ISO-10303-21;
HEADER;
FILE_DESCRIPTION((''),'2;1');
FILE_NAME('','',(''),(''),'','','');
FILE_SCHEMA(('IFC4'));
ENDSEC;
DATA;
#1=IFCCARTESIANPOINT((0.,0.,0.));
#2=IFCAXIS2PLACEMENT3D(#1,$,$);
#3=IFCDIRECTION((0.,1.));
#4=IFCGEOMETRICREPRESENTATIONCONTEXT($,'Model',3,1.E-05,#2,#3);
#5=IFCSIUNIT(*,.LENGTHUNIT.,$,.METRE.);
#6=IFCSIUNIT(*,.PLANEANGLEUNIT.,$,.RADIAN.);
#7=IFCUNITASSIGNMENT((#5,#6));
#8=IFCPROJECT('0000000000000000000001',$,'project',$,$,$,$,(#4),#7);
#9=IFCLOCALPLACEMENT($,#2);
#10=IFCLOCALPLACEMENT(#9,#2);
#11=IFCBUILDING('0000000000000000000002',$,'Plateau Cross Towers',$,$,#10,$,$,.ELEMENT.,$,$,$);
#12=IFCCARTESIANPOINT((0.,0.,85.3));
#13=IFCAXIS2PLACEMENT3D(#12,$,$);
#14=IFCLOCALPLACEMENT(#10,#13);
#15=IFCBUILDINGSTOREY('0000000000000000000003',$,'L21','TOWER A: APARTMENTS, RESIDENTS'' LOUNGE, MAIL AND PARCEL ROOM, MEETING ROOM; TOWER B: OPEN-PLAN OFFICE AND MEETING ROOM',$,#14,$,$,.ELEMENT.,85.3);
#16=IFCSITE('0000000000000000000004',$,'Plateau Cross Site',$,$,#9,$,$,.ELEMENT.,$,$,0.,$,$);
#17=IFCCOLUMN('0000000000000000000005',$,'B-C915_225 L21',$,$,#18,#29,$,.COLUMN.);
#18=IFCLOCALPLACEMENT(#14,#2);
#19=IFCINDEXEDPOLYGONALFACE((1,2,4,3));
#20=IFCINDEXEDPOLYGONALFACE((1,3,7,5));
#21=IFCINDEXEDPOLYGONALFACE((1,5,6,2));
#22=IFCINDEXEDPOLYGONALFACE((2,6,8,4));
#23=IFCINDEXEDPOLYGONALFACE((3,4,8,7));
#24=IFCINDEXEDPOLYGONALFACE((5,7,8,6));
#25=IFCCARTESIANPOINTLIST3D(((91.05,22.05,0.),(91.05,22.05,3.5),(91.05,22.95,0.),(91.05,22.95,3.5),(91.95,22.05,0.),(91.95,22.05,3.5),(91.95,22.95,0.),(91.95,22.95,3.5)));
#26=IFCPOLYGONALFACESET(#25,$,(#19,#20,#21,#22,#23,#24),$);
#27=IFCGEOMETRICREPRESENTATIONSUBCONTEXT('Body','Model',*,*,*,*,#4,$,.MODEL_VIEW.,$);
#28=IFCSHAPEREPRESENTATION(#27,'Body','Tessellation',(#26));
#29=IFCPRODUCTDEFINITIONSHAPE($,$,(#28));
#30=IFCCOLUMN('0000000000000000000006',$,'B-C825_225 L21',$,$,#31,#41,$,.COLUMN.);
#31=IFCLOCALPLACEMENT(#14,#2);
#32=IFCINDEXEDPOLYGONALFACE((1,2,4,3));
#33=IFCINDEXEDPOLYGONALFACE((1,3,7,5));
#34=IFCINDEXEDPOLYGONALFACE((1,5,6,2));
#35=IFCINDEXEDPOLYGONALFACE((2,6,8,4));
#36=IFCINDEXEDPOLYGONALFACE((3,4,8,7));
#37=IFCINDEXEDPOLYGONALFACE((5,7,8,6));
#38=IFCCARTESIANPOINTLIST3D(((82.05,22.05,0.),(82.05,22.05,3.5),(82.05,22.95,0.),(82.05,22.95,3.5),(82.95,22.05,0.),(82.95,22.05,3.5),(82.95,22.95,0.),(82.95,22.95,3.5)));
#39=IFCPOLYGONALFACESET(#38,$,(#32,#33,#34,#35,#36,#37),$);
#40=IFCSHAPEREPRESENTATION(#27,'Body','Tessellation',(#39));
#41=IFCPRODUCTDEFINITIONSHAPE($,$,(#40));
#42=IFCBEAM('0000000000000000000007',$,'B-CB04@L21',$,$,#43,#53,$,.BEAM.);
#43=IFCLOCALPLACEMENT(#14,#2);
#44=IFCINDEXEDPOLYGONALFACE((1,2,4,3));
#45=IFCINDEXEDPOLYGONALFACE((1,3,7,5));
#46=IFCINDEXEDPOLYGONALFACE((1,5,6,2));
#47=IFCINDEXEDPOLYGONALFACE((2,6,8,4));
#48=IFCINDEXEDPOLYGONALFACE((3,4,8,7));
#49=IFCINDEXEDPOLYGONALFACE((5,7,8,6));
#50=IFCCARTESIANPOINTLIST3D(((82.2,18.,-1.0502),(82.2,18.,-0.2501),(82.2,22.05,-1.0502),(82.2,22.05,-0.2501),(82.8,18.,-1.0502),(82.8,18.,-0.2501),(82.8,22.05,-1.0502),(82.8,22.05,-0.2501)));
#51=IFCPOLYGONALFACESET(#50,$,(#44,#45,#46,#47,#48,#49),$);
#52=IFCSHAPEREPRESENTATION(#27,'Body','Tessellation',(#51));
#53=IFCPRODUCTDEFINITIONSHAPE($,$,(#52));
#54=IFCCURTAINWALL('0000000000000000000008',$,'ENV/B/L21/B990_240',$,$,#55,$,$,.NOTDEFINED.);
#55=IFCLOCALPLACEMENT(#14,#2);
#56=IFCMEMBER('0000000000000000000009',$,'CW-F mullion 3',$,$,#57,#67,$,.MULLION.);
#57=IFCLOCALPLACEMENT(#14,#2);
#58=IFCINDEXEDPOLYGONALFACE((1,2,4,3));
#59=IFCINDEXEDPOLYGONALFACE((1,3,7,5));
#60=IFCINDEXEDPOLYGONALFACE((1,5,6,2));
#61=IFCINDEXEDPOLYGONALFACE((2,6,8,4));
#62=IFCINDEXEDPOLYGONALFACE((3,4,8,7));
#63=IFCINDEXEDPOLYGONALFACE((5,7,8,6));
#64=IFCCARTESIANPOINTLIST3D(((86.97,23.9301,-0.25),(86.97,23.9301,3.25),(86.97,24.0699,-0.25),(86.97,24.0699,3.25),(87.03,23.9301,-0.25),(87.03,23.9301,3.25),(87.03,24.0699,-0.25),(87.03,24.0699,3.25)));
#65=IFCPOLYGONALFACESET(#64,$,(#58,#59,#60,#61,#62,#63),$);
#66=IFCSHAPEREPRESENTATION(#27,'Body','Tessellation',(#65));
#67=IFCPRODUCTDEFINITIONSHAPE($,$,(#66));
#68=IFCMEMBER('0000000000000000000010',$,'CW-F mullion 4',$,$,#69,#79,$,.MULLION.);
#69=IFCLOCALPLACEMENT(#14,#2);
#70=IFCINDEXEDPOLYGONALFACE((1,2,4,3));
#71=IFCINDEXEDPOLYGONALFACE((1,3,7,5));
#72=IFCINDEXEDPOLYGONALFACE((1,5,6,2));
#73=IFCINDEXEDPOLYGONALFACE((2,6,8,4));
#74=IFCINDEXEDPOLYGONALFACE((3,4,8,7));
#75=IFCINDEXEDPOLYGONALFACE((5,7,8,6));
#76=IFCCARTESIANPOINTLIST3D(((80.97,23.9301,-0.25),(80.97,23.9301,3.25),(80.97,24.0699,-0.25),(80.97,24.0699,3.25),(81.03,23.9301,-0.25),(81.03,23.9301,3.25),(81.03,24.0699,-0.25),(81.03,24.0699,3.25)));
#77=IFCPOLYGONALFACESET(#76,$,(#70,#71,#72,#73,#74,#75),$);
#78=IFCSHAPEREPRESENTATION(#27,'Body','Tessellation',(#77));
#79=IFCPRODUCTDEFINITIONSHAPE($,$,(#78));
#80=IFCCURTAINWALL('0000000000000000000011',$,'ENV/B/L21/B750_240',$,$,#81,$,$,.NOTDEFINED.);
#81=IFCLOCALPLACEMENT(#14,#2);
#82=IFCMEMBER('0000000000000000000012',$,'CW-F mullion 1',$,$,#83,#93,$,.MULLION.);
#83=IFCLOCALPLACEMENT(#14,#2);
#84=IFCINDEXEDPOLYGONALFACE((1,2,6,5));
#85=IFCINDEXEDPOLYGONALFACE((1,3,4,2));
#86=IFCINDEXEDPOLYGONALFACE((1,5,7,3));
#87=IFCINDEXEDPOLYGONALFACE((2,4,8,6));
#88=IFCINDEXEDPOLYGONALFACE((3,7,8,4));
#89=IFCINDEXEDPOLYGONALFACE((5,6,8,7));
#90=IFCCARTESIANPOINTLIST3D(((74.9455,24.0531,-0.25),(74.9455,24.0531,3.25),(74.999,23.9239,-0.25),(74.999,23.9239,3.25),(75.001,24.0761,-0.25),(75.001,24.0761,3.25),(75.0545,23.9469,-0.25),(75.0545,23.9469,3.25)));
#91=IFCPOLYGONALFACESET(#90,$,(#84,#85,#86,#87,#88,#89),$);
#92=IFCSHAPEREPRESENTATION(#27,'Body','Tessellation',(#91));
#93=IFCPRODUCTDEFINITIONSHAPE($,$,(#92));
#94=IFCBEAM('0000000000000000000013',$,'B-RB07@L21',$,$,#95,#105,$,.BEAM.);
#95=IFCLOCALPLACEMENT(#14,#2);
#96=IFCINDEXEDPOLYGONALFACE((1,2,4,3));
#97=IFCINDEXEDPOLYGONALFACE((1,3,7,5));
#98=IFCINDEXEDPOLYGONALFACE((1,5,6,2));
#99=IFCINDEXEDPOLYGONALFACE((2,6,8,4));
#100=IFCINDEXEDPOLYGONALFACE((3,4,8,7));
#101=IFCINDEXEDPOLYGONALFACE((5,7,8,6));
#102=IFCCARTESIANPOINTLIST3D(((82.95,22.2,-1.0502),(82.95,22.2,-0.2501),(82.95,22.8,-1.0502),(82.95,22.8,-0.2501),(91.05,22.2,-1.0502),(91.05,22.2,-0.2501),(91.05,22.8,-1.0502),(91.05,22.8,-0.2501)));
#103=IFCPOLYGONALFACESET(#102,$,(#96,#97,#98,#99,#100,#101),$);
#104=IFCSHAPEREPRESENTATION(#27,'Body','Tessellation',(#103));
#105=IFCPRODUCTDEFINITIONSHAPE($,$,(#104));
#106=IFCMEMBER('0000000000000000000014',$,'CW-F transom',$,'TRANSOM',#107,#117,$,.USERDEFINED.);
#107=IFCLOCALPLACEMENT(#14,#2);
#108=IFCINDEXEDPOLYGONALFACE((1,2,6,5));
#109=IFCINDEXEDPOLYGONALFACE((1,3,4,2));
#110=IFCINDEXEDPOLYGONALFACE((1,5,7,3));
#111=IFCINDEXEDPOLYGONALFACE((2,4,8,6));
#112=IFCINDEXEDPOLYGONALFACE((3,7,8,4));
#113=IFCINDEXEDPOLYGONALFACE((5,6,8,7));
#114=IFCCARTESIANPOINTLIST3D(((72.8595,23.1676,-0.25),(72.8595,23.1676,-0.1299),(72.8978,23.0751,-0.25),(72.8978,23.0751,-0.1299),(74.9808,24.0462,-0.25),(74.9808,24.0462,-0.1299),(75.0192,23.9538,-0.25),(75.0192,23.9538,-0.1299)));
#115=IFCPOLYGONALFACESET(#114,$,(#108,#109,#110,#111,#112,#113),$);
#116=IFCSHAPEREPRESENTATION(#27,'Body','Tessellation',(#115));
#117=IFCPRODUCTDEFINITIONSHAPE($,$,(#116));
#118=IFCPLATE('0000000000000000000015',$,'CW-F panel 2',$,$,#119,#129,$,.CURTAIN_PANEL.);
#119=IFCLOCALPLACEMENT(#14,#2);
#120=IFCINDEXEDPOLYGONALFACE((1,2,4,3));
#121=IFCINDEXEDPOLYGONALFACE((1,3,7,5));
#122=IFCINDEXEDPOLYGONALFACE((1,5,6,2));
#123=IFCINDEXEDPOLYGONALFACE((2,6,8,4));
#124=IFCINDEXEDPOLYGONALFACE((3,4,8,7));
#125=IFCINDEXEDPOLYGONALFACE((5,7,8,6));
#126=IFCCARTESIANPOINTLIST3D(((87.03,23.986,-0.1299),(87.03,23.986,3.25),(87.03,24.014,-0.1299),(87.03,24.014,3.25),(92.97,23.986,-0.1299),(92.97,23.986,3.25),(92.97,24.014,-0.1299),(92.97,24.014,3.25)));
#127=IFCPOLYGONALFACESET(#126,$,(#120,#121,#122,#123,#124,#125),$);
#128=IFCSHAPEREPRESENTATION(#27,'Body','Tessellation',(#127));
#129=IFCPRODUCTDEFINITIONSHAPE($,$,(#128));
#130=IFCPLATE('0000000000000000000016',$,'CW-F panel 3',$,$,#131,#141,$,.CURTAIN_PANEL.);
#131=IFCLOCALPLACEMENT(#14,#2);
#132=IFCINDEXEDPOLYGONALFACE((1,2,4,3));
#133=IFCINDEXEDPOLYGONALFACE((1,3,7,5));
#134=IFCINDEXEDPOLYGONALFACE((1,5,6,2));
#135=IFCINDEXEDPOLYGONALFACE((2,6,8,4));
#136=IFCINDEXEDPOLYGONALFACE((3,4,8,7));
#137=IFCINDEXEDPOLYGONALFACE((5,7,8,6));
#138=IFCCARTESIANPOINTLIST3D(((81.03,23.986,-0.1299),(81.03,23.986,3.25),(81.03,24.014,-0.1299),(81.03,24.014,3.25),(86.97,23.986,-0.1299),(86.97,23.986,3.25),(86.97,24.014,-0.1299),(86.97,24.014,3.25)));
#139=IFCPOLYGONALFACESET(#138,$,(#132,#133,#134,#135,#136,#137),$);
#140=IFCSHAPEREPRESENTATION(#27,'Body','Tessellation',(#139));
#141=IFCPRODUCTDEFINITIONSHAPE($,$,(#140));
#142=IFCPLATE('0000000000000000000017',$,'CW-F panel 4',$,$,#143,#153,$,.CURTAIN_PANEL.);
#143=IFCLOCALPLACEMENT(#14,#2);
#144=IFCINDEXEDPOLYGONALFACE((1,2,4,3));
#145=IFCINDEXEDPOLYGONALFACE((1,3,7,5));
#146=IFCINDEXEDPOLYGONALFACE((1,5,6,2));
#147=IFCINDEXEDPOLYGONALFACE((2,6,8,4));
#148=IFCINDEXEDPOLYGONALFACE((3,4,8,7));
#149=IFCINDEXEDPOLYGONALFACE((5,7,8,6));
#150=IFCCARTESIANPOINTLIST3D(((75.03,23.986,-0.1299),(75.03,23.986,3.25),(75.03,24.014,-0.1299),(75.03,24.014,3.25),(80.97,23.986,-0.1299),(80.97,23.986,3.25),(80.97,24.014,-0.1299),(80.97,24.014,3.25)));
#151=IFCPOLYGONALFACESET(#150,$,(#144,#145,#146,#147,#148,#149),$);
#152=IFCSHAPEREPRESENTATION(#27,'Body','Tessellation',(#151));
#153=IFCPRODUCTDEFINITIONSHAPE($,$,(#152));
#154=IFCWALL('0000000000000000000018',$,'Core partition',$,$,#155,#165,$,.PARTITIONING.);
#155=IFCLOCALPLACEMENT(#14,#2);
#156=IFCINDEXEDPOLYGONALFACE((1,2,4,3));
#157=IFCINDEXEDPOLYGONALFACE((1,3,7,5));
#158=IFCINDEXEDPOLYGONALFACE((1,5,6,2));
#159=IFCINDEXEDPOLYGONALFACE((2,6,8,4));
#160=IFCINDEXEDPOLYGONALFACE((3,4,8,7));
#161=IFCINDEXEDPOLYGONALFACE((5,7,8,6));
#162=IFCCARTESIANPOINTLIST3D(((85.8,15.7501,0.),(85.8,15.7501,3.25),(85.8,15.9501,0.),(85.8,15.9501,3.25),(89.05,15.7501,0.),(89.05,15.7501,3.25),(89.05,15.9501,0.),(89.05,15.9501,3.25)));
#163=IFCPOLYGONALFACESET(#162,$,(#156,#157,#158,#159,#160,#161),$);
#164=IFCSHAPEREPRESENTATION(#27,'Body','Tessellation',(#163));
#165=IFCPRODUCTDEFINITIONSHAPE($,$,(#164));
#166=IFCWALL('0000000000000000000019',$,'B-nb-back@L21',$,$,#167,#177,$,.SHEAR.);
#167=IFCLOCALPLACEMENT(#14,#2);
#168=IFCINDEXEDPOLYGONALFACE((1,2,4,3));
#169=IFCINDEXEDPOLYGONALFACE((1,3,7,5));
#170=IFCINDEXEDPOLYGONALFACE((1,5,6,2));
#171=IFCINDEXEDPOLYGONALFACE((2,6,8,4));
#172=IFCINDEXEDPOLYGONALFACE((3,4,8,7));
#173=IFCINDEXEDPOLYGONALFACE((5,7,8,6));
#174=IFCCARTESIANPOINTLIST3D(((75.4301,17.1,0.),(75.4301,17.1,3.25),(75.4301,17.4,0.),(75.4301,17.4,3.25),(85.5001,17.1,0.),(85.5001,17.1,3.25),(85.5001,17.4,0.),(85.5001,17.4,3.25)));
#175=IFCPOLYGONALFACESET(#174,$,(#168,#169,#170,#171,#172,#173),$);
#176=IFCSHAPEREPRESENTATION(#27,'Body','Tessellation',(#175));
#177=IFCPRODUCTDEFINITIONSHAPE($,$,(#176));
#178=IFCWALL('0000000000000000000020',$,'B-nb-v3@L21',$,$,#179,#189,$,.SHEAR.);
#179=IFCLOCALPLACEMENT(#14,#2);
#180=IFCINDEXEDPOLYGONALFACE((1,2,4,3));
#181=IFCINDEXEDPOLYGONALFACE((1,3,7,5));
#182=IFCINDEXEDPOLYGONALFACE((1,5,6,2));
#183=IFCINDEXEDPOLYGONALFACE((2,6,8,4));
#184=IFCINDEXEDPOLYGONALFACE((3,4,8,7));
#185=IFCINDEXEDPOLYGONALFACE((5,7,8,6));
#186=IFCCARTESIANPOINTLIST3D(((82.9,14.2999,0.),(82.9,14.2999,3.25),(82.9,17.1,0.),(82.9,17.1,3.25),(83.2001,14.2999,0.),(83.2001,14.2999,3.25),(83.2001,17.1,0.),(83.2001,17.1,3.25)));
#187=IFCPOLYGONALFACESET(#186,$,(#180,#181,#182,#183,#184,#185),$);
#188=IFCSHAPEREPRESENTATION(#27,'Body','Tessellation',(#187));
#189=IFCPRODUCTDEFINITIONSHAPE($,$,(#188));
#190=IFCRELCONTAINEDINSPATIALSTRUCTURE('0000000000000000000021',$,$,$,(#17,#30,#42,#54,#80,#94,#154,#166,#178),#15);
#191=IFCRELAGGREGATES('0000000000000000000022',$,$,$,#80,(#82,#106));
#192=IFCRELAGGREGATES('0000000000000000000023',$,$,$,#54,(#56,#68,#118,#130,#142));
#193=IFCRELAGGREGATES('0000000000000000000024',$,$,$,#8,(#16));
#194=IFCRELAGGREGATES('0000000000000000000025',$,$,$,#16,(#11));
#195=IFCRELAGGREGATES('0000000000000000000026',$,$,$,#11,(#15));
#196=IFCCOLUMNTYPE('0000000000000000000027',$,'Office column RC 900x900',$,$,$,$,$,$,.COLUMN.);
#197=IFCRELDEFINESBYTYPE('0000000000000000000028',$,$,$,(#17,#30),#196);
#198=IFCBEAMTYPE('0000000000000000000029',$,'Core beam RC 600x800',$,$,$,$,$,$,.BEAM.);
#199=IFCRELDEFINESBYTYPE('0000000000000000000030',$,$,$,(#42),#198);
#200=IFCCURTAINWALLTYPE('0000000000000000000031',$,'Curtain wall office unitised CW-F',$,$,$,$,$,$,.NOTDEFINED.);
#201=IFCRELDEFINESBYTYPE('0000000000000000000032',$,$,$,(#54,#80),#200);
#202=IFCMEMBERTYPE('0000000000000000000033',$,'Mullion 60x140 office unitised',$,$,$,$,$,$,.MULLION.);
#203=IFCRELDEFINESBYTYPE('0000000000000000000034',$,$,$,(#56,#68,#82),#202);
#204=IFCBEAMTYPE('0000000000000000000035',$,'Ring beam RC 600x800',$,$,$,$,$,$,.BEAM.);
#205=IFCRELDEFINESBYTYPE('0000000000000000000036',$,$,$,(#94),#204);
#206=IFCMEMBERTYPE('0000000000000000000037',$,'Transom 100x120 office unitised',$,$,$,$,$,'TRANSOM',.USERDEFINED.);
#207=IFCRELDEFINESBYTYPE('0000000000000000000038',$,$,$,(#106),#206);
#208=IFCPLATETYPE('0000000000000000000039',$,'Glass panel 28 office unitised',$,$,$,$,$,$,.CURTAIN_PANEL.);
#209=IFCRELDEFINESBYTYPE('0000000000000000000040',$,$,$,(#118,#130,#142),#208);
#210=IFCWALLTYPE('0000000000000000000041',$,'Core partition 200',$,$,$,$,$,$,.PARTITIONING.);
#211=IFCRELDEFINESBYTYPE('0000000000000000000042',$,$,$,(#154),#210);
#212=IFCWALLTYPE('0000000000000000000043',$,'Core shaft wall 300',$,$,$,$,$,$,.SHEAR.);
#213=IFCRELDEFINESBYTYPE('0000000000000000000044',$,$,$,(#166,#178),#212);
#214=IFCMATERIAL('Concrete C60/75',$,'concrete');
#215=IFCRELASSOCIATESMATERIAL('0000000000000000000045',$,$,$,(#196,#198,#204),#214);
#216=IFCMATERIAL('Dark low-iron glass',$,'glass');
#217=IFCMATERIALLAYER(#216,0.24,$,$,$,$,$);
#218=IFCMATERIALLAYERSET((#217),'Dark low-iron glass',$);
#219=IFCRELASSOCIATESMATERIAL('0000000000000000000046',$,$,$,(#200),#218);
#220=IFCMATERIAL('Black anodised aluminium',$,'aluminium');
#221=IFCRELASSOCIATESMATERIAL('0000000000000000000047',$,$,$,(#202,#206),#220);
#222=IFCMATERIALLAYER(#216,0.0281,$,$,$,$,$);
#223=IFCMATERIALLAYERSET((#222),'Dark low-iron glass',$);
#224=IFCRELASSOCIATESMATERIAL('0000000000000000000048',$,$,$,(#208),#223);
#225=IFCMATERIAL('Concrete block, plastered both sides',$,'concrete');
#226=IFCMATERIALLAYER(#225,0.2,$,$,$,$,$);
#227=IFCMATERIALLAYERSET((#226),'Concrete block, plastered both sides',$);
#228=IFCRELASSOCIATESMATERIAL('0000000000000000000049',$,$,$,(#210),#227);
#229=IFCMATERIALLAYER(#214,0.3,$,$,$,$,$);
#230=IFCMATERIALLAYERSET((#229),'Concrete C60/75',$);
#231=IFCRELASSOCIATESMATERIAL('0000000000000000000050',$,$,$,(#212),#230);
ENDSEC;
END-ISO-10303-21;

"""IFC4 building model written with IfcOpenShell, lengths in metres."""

from ifc_helpers import new_model, si_unit, direction, frame, frame_2d, origin, origin_2d, place, context, subcontext, project, spatial, rectangle, extrude, material, layer, layer_set, material_profile, profile_set, type_object, element, aggregate, save


model = new_model("IFC4")

# Units and contexts
model_context = context("Model", 3, precision=1e-05, world=origin(), true_north=direction((0.0, 1.0)))
body_context = subcontext(model_context, "Body", "Model", "MODEL_VIEW")
ifc_project = project(units=[si_unit("LENGTHUNIT", "METRE"), si_unit("PLANEANGLEUNIT", "RADIAN")], contexts=[model_context])

# Site, building, storey
site_placement = place(None, origin())
site = spatial("IfcSite", under=ifc_project, at=site_placement, Name="Plateau Cross Site", CompositionType="ELEMENT", RefElevation=0.0)
building_placement = place(site_placement, origin())
building = spatial("IfcBuilding", under=site, at=building_placement, Name="Plateau Cross Towers", CompositionType="ELEMENT")
storey_placement = place(building_placement, frame((0.0, 0.0, 85.3)))
storey = spatial("IfcBuildingStorey", under=building, at=storey_placement, Name="L21", Description="TOWER A: APARTMENTS, RESIDENTS' LOUNGE, MAIL AND PARCEL ROOM, MEETING ROOM; TOWER B: OPEN-PLAN OFFICE AND MEETING ROOM", CompositionType="ELEMENT", Elevation=85.3)

# Columns
ifc_material_1 = material(Name="Concrete C60/75", Category="concrete")
ifc_material_profile_1 = material_profile(ifc_material_1, rectangle(XDim=0.8999, YDim=0.8999, at=origin_2d()), Name="RC 900x900")
ifc_profile_set_1 = profile_set([ifc_material_profile_1], Name="Concrete C60/75")
column_type = type_object("IfcColumnType", Name="Office column RC 900x900", PredefinedType="COLUMN", material=ifc_profile_set_1)
for number, where, z_axis, x_axis, name in (
    (1, (91.5, 22.5, 0.0), (0.0, 0.0, 1.0), (1.0, 0.0, 0.0), "B-C915_225 L21"),
    (2, (82.5, 22.5, 0.0), (0.0, 0.0, 1.0), (1.0, 0.0, 0.0), "B-C825_225 L21"),
):
    element("IfcColumn", number, at=place(storey_placement, frame(where, z_axis=z_axis, x_axis=x_axis)), inside=storey, type_object=column_type, Name=name, PredefinedType="COLUMN", context=body_context, shape_type="SweptSolid", body=[
        extrude(rectangle(XDim=0.8999, YDim=0.8999, at=origin_2d()), origin(), (0.0, 0.0, 1.0), 3.5),
    ])

# Beam
ifc_material_profile_2 = material_profile(ifc_material_1, rectangle(XDim=0.6001, YDim=0.8, at=origin_2d()), Name="RC 600x800")
ifc_profile_set_2 = profile_set([ifc_material_profile_2], Name="Concrete C60/75")
beam_type_1 = type_object("IfcBeamType", Name="Core beam RC 600x800", PredefinedType="BEAM", material=ifc_profile_set_2)
beam_1_placement = place(storey_placement, frame((82.5, 18.0, -0.6501), z_axis=(0.0, 1.0, 0.0), x_axis=(-1.0, 0.0, 0.0)))
element("IfcBeam", 3, at=beam_1_placement, inside=storey, type_object=beam_type_1, Name="B-CB04@L21", PredefinedType="BEAM", context=body_context, shape_type="SweptSolid", body=[
    extrude(rectangle(XDim=0.6001, YDim=0.8, at=origin_2d()), origin(), (0.0, 0.0, 1.0), 4.05),
])

# Curtain wall, members
ifc_material_2 = material(Name="Dark low-iron glass", Category="glass")
ifc_layer_1 = layer(ifc_material_2, 0.24)
ifc_layer_set_1 = layer_set([ifc_layer_1], Name="Dark low-iron glass")
curtain_wall_type = type_object("IfcCurtainWallType", Name="Curtain wall office unitised CW-F", PredefinedType="NOTDEFINED", material=ifc_layer_set_1)
curtain_wall_1_placement = place(storey_placement, origin())
curtain_wall_1 = element("IfcCurtainWall", 4, at=curtain_wall_1_placement, inside=storey, type_object=curtain_wall_type, Name="ENV/B/L21/B990_240", PredefinedType="NOTDEFINED")
ifc_material_3 = material(Name="Black anodised aluminium", Category="aluminium")
ifc_material_profile_3 = material_profile(ifc_material_3, rectangle(XDim=0.0601, YDim=0.1399, at=origin_2d()), Name="MULLION 60x140")
ifc_profile_set_3 = profile_set([ifc_material_profile_3], Name="Black anodised aluminium")
member_type_1 = type_object("IfcMemberType", Name="Mullion 60x140 office unitised", PredefinedType="MULLION", material=ifc_profile_set_3)
member_1_placement = place(storey_placement, frame((87.0, 24.0, -0.25), z_axis=(0.0, 0.0, 1.0), x_axis=(-1.0, 0.0, 0.0)))
member_1 = element("IfcMember", 5, at=member_1_placement, type_object=member_type_1, Name="CW-F mullion 3", PredefinedType="MULLION", context=body_context, shape_type="SweptSolid", body=[
    extrude(rectangle(XDim=0.0601, YDim=0.1399, at=origin_2d()), origin(), (0.0, 0.0, 1.0), 3.5),
])
member_2_placement = place(storey_placement, frame((81.0, 24.0, -0.25), z_axis=(0.0, 0.0, 1.0), x_axis=(-1.0, 0.0, 0.0)))
member_2 = element("IfcMember", 6, at=member_2_placement, type_object=member_type_1, Name="CW-F mullion 4", PredefinedType="MULLION", context=body_context, shape_type="SweptSolid", body=[
    extrude(rectangle(XDim=0.0601, YDim=0.1399, at=origin_2d()), origin(), (0.0, 0.0, 1.0), 3.5),
])

# Curtain wall, member
curtain_wall_2_placement = place(storey_placement, origin())
curtain_wall_2 = element("IfcCurtainWall", 7, at=curtain_wall_2_placement, inside=storey, type_object=curtain_wall_type, Name="ENV/B/L21/B750_240", PredefinedType="NOTDEFINED")
member_3_placement = place(storey_placement, frame((75.0, 24.0, -0.25), z_axis=(0.0, 0.0, 1.0), x_axis=(-0.923879, -0.382684, 0.0)))
member_3 = element("IfcMember", 8, at=member_3_placement, type_object=member_type_1, Name="CW-F mullion 1", PredefinedType="MULLION", context=body_context, shape_type="SweptSolid", body=[
    extrude(rectangle(XDim=0.0601, YDim=0.1399, at=origin_2d()), origin(), (0.0, 0.0, 1.0), 3.5),
])

# Beam
ifc_material_profile_4 = material_profile(ifc_material_1, rectangle(XDim=0.6001, YDim=0.8, at=origin_2d()), Name="RC 600x800")
ifc_profile_set_4 = profile_set([ifc_material_profile_4], Name="Concrete C60/75")
beam_type_2 = type_object("IfcBeamType", Name="Ring beam RC 600x800", PredefinedType="BEAM", material=ifc_profile_set_4)
beam_2_placement = place(storey_placement, frame((91.05, 22.5, -0.6501), z_axis=(-1.0, 0.0, 0.0), x_axis=(0.0, -1.0, 0.0)))
element("IfcBeam", 9, at=beam_2_placement, inside=storey, type_object=beam_type_2, Name="B-RB07@L21", PredefinedType="BEAM", context=body_context, shape_type="SweptSolid", body=[
    extrude(rectangle(XDim=0.6001, YDim=0.8, at=origin_2d()), origin(), (0.0, 0.0, 1.0), 8.1001),
])

# Member
ifc_material_profile_5 = material_profile(ifc_material_3, rectangle(XDim=0.1001, YDim=0.1201, at=origin_2d()), Name="TRANSOM 100x120")
ifc_profile_set_5 = profile_set([ifc_material_profile_5], Name="Black anodised aluminium")
member_type_2 = type_object("IfcMemberType", Name="Transom 100x120 office unitised", ElementType="TRANSOM", PredefinedType="USERDEFINED", material=ifc_profile_set_5)
member_4_placement = place(storey_placement, frame((75.0, 24.0, -0.1899), z_axis=(-0.923883, -0.382674, 0.0), x_axis=(0.382674, -0.923883, 0.0)))
member_4 = element("IfcMember", 10, at=member_4_placement, type_object=member_type_2, Name="CW-F transom", ObjectType="TRANSOM", PredefinedType="USERDEFINED", context=body_context, shape_type="SweptSolid", body=[
    extrude(rectangle(XDim=0.1001, YDim=0.1201, at=origin_2d()), origin(), (0.0, 0.0, 1.0), 2.2961),
])
aggregate(curtain_wall_2, [member_3, member_4])

# Plates
ifc_layer_2 = layer(ifc_material_2, 0.0281)
ifc_layer_set_2 = layer_set([ifc_layer_2], Name="Dark low-iron glass")
plate_type = type_object("IfcPlateType", Name="Glass panel 28 office unitised", PredefinedType="CURTAIN_PANEL", material=ifc_layer_set_2)
plate_1_placement = place(storey_placement, frame((90.0, 24.0, -0.1299), z_axis=(0.0, 0.0, 1.0), x_axis=(-1.0, 0.0, 0.0)))
plate_1 = element("IfcPlate", 11, at=plate_1_placement, type_object=plate_type, Name="CW-F panel 2", PredefinedType="CURTAIN_PANEL", context=body_context, shape_type="SweptSolid", body=[
    extrude(rectangle(XDim=5.9399, YDim=0.0281, at=origin_2d()), origin(), (0.0, 0.0, 1.0), 3.3799),
])
plate_2_placement = place(storey_placement, frame((84.0, 24.0, -0.1299), z_axis=(0.0, 0.0, 1.0), x_axis=(-1.0, 0.0, 0.0)))
plate_2 = element("IfcPlate", 12, at=plate_2_placement, type_object=plate_type, Name="CW-F panel 3", PredefinedType="CURTAIN_PANEL", context=body_context, shape_type="SweptSolid", body=[
    extrude(rectangle(XDim=5.9399, YDim=0.0281, at=origin_2d()), origin(), (0.0, 0.0, 1.0), 3.3799),
])
plate_3_placement = place(storey_placement, frame((78.0, 24.0, -0.1299), z_axis=(0.0, 0.0, 1.0), x_axis=(-1.0, 0.0, 0.0)))
plate_3 = element("IfcPlate", 13, at=plate_3_placement, type_object=plate_type, Name="CW-F panel 4", PredefinedType="CURTAIN_PANEL", context=body_context, shape_type="SweptSolid", body=[
    extrude(rectangle(XDim=5.9399, YDim=0.0281, at=origin_2d()), origin(), (0.0, 0.0, 1.0), 3.3799),
])
aggregate(curtain_wall_1, [member_1, member_2, plate_1, plate_2, plate_3])

# Walls
ifc_material_4 = material(Name="Concrete block, plastered both sides", Category="concrete")
ifc_layer_3 = layer(ifc_material_4, 0.2)
ifc_layer_set_3 = layer_set([ifc_layer_3], Name="Concrete block, plastered both sides")
wall_type_1 = type_object("IfcWallType", Name="Core partition 200", PredefinedType="PARTITIONING", material=ifc_layer_set_3)
wall_1_placement = place(storey_placement, frame((85.8, 15.8501, 0.0), z_axis=(0.0, 0.0, 1.0), x_axis=(1.0, 0.0, 0.0)))
element("IfcWall", 14, at=wall_1_placement, inside=storey, type_object=wall_type_1, Name="Core partition", PredefinedType="PARTITIONING", context=body_context, shape_type="SweptSolid", body=[
    extrude(rectangle(XDim=3.25, YDim=0.2, at=frame_2d((1.625, 0.0))), origin(), (0.0, 0.0, 1.0), 3.25),
])
ifc_layer_4 = layer(ifc_material_1, 0.3)
ifc_layer_set_4 = layer_set([ifc_layer_4], Name="Concrete C60/75")
wall_type_2 = type_object("IfcWallType", Name="Core shaft wall 300", PredefinedType="SHEAR", material=ifc_layer_set_4)
wall_2_placement = place(storey_placement, frame((75.4299, 17.25, 0.0), z_axis=(0.0, 0.0, 1.0), x_axis=(1.0, 0.0, 0.0)))
element("IfcWall", 15, at=wall_2_placement, inside=storey, type_object=wall_type_2, Name="B-nb-back@L21", PredefinedType="SHEAR", context=body_context, shape_type="SweptSolid", body=[
    extrude(rectangle(XDim=10.0701, YDim=0.3, at=frame_2d((5.0352, 0.0))), origin(), (0.0, 0.0, 1.0), 3.25),
])
for number, where, z_axis, x_axis, name in (
    (16, (83.05, 14.3, 0.0), (0.0, 0.0, 1.0), (0.0, 1.0, 0.0), "B-nb-v3@L21"),
):
    element("IfcWall", number, at=place(storey_placement, frame(where, z_axis=z_axis, x_axis=x_axis)), inside=storey, type_object=wall_type_2, Name=name, PredefinedType="SHEAR", context=body_context, shape_type="SweptSolid", body=[
        extrude(rectangle(XDim=2.8, YDim=0.3, at=frame_2d((1.3999, 0.0))), origin(), (0.0, 0.0, 1.0), 3.25),
    ])

save(model, "model.ifc")
